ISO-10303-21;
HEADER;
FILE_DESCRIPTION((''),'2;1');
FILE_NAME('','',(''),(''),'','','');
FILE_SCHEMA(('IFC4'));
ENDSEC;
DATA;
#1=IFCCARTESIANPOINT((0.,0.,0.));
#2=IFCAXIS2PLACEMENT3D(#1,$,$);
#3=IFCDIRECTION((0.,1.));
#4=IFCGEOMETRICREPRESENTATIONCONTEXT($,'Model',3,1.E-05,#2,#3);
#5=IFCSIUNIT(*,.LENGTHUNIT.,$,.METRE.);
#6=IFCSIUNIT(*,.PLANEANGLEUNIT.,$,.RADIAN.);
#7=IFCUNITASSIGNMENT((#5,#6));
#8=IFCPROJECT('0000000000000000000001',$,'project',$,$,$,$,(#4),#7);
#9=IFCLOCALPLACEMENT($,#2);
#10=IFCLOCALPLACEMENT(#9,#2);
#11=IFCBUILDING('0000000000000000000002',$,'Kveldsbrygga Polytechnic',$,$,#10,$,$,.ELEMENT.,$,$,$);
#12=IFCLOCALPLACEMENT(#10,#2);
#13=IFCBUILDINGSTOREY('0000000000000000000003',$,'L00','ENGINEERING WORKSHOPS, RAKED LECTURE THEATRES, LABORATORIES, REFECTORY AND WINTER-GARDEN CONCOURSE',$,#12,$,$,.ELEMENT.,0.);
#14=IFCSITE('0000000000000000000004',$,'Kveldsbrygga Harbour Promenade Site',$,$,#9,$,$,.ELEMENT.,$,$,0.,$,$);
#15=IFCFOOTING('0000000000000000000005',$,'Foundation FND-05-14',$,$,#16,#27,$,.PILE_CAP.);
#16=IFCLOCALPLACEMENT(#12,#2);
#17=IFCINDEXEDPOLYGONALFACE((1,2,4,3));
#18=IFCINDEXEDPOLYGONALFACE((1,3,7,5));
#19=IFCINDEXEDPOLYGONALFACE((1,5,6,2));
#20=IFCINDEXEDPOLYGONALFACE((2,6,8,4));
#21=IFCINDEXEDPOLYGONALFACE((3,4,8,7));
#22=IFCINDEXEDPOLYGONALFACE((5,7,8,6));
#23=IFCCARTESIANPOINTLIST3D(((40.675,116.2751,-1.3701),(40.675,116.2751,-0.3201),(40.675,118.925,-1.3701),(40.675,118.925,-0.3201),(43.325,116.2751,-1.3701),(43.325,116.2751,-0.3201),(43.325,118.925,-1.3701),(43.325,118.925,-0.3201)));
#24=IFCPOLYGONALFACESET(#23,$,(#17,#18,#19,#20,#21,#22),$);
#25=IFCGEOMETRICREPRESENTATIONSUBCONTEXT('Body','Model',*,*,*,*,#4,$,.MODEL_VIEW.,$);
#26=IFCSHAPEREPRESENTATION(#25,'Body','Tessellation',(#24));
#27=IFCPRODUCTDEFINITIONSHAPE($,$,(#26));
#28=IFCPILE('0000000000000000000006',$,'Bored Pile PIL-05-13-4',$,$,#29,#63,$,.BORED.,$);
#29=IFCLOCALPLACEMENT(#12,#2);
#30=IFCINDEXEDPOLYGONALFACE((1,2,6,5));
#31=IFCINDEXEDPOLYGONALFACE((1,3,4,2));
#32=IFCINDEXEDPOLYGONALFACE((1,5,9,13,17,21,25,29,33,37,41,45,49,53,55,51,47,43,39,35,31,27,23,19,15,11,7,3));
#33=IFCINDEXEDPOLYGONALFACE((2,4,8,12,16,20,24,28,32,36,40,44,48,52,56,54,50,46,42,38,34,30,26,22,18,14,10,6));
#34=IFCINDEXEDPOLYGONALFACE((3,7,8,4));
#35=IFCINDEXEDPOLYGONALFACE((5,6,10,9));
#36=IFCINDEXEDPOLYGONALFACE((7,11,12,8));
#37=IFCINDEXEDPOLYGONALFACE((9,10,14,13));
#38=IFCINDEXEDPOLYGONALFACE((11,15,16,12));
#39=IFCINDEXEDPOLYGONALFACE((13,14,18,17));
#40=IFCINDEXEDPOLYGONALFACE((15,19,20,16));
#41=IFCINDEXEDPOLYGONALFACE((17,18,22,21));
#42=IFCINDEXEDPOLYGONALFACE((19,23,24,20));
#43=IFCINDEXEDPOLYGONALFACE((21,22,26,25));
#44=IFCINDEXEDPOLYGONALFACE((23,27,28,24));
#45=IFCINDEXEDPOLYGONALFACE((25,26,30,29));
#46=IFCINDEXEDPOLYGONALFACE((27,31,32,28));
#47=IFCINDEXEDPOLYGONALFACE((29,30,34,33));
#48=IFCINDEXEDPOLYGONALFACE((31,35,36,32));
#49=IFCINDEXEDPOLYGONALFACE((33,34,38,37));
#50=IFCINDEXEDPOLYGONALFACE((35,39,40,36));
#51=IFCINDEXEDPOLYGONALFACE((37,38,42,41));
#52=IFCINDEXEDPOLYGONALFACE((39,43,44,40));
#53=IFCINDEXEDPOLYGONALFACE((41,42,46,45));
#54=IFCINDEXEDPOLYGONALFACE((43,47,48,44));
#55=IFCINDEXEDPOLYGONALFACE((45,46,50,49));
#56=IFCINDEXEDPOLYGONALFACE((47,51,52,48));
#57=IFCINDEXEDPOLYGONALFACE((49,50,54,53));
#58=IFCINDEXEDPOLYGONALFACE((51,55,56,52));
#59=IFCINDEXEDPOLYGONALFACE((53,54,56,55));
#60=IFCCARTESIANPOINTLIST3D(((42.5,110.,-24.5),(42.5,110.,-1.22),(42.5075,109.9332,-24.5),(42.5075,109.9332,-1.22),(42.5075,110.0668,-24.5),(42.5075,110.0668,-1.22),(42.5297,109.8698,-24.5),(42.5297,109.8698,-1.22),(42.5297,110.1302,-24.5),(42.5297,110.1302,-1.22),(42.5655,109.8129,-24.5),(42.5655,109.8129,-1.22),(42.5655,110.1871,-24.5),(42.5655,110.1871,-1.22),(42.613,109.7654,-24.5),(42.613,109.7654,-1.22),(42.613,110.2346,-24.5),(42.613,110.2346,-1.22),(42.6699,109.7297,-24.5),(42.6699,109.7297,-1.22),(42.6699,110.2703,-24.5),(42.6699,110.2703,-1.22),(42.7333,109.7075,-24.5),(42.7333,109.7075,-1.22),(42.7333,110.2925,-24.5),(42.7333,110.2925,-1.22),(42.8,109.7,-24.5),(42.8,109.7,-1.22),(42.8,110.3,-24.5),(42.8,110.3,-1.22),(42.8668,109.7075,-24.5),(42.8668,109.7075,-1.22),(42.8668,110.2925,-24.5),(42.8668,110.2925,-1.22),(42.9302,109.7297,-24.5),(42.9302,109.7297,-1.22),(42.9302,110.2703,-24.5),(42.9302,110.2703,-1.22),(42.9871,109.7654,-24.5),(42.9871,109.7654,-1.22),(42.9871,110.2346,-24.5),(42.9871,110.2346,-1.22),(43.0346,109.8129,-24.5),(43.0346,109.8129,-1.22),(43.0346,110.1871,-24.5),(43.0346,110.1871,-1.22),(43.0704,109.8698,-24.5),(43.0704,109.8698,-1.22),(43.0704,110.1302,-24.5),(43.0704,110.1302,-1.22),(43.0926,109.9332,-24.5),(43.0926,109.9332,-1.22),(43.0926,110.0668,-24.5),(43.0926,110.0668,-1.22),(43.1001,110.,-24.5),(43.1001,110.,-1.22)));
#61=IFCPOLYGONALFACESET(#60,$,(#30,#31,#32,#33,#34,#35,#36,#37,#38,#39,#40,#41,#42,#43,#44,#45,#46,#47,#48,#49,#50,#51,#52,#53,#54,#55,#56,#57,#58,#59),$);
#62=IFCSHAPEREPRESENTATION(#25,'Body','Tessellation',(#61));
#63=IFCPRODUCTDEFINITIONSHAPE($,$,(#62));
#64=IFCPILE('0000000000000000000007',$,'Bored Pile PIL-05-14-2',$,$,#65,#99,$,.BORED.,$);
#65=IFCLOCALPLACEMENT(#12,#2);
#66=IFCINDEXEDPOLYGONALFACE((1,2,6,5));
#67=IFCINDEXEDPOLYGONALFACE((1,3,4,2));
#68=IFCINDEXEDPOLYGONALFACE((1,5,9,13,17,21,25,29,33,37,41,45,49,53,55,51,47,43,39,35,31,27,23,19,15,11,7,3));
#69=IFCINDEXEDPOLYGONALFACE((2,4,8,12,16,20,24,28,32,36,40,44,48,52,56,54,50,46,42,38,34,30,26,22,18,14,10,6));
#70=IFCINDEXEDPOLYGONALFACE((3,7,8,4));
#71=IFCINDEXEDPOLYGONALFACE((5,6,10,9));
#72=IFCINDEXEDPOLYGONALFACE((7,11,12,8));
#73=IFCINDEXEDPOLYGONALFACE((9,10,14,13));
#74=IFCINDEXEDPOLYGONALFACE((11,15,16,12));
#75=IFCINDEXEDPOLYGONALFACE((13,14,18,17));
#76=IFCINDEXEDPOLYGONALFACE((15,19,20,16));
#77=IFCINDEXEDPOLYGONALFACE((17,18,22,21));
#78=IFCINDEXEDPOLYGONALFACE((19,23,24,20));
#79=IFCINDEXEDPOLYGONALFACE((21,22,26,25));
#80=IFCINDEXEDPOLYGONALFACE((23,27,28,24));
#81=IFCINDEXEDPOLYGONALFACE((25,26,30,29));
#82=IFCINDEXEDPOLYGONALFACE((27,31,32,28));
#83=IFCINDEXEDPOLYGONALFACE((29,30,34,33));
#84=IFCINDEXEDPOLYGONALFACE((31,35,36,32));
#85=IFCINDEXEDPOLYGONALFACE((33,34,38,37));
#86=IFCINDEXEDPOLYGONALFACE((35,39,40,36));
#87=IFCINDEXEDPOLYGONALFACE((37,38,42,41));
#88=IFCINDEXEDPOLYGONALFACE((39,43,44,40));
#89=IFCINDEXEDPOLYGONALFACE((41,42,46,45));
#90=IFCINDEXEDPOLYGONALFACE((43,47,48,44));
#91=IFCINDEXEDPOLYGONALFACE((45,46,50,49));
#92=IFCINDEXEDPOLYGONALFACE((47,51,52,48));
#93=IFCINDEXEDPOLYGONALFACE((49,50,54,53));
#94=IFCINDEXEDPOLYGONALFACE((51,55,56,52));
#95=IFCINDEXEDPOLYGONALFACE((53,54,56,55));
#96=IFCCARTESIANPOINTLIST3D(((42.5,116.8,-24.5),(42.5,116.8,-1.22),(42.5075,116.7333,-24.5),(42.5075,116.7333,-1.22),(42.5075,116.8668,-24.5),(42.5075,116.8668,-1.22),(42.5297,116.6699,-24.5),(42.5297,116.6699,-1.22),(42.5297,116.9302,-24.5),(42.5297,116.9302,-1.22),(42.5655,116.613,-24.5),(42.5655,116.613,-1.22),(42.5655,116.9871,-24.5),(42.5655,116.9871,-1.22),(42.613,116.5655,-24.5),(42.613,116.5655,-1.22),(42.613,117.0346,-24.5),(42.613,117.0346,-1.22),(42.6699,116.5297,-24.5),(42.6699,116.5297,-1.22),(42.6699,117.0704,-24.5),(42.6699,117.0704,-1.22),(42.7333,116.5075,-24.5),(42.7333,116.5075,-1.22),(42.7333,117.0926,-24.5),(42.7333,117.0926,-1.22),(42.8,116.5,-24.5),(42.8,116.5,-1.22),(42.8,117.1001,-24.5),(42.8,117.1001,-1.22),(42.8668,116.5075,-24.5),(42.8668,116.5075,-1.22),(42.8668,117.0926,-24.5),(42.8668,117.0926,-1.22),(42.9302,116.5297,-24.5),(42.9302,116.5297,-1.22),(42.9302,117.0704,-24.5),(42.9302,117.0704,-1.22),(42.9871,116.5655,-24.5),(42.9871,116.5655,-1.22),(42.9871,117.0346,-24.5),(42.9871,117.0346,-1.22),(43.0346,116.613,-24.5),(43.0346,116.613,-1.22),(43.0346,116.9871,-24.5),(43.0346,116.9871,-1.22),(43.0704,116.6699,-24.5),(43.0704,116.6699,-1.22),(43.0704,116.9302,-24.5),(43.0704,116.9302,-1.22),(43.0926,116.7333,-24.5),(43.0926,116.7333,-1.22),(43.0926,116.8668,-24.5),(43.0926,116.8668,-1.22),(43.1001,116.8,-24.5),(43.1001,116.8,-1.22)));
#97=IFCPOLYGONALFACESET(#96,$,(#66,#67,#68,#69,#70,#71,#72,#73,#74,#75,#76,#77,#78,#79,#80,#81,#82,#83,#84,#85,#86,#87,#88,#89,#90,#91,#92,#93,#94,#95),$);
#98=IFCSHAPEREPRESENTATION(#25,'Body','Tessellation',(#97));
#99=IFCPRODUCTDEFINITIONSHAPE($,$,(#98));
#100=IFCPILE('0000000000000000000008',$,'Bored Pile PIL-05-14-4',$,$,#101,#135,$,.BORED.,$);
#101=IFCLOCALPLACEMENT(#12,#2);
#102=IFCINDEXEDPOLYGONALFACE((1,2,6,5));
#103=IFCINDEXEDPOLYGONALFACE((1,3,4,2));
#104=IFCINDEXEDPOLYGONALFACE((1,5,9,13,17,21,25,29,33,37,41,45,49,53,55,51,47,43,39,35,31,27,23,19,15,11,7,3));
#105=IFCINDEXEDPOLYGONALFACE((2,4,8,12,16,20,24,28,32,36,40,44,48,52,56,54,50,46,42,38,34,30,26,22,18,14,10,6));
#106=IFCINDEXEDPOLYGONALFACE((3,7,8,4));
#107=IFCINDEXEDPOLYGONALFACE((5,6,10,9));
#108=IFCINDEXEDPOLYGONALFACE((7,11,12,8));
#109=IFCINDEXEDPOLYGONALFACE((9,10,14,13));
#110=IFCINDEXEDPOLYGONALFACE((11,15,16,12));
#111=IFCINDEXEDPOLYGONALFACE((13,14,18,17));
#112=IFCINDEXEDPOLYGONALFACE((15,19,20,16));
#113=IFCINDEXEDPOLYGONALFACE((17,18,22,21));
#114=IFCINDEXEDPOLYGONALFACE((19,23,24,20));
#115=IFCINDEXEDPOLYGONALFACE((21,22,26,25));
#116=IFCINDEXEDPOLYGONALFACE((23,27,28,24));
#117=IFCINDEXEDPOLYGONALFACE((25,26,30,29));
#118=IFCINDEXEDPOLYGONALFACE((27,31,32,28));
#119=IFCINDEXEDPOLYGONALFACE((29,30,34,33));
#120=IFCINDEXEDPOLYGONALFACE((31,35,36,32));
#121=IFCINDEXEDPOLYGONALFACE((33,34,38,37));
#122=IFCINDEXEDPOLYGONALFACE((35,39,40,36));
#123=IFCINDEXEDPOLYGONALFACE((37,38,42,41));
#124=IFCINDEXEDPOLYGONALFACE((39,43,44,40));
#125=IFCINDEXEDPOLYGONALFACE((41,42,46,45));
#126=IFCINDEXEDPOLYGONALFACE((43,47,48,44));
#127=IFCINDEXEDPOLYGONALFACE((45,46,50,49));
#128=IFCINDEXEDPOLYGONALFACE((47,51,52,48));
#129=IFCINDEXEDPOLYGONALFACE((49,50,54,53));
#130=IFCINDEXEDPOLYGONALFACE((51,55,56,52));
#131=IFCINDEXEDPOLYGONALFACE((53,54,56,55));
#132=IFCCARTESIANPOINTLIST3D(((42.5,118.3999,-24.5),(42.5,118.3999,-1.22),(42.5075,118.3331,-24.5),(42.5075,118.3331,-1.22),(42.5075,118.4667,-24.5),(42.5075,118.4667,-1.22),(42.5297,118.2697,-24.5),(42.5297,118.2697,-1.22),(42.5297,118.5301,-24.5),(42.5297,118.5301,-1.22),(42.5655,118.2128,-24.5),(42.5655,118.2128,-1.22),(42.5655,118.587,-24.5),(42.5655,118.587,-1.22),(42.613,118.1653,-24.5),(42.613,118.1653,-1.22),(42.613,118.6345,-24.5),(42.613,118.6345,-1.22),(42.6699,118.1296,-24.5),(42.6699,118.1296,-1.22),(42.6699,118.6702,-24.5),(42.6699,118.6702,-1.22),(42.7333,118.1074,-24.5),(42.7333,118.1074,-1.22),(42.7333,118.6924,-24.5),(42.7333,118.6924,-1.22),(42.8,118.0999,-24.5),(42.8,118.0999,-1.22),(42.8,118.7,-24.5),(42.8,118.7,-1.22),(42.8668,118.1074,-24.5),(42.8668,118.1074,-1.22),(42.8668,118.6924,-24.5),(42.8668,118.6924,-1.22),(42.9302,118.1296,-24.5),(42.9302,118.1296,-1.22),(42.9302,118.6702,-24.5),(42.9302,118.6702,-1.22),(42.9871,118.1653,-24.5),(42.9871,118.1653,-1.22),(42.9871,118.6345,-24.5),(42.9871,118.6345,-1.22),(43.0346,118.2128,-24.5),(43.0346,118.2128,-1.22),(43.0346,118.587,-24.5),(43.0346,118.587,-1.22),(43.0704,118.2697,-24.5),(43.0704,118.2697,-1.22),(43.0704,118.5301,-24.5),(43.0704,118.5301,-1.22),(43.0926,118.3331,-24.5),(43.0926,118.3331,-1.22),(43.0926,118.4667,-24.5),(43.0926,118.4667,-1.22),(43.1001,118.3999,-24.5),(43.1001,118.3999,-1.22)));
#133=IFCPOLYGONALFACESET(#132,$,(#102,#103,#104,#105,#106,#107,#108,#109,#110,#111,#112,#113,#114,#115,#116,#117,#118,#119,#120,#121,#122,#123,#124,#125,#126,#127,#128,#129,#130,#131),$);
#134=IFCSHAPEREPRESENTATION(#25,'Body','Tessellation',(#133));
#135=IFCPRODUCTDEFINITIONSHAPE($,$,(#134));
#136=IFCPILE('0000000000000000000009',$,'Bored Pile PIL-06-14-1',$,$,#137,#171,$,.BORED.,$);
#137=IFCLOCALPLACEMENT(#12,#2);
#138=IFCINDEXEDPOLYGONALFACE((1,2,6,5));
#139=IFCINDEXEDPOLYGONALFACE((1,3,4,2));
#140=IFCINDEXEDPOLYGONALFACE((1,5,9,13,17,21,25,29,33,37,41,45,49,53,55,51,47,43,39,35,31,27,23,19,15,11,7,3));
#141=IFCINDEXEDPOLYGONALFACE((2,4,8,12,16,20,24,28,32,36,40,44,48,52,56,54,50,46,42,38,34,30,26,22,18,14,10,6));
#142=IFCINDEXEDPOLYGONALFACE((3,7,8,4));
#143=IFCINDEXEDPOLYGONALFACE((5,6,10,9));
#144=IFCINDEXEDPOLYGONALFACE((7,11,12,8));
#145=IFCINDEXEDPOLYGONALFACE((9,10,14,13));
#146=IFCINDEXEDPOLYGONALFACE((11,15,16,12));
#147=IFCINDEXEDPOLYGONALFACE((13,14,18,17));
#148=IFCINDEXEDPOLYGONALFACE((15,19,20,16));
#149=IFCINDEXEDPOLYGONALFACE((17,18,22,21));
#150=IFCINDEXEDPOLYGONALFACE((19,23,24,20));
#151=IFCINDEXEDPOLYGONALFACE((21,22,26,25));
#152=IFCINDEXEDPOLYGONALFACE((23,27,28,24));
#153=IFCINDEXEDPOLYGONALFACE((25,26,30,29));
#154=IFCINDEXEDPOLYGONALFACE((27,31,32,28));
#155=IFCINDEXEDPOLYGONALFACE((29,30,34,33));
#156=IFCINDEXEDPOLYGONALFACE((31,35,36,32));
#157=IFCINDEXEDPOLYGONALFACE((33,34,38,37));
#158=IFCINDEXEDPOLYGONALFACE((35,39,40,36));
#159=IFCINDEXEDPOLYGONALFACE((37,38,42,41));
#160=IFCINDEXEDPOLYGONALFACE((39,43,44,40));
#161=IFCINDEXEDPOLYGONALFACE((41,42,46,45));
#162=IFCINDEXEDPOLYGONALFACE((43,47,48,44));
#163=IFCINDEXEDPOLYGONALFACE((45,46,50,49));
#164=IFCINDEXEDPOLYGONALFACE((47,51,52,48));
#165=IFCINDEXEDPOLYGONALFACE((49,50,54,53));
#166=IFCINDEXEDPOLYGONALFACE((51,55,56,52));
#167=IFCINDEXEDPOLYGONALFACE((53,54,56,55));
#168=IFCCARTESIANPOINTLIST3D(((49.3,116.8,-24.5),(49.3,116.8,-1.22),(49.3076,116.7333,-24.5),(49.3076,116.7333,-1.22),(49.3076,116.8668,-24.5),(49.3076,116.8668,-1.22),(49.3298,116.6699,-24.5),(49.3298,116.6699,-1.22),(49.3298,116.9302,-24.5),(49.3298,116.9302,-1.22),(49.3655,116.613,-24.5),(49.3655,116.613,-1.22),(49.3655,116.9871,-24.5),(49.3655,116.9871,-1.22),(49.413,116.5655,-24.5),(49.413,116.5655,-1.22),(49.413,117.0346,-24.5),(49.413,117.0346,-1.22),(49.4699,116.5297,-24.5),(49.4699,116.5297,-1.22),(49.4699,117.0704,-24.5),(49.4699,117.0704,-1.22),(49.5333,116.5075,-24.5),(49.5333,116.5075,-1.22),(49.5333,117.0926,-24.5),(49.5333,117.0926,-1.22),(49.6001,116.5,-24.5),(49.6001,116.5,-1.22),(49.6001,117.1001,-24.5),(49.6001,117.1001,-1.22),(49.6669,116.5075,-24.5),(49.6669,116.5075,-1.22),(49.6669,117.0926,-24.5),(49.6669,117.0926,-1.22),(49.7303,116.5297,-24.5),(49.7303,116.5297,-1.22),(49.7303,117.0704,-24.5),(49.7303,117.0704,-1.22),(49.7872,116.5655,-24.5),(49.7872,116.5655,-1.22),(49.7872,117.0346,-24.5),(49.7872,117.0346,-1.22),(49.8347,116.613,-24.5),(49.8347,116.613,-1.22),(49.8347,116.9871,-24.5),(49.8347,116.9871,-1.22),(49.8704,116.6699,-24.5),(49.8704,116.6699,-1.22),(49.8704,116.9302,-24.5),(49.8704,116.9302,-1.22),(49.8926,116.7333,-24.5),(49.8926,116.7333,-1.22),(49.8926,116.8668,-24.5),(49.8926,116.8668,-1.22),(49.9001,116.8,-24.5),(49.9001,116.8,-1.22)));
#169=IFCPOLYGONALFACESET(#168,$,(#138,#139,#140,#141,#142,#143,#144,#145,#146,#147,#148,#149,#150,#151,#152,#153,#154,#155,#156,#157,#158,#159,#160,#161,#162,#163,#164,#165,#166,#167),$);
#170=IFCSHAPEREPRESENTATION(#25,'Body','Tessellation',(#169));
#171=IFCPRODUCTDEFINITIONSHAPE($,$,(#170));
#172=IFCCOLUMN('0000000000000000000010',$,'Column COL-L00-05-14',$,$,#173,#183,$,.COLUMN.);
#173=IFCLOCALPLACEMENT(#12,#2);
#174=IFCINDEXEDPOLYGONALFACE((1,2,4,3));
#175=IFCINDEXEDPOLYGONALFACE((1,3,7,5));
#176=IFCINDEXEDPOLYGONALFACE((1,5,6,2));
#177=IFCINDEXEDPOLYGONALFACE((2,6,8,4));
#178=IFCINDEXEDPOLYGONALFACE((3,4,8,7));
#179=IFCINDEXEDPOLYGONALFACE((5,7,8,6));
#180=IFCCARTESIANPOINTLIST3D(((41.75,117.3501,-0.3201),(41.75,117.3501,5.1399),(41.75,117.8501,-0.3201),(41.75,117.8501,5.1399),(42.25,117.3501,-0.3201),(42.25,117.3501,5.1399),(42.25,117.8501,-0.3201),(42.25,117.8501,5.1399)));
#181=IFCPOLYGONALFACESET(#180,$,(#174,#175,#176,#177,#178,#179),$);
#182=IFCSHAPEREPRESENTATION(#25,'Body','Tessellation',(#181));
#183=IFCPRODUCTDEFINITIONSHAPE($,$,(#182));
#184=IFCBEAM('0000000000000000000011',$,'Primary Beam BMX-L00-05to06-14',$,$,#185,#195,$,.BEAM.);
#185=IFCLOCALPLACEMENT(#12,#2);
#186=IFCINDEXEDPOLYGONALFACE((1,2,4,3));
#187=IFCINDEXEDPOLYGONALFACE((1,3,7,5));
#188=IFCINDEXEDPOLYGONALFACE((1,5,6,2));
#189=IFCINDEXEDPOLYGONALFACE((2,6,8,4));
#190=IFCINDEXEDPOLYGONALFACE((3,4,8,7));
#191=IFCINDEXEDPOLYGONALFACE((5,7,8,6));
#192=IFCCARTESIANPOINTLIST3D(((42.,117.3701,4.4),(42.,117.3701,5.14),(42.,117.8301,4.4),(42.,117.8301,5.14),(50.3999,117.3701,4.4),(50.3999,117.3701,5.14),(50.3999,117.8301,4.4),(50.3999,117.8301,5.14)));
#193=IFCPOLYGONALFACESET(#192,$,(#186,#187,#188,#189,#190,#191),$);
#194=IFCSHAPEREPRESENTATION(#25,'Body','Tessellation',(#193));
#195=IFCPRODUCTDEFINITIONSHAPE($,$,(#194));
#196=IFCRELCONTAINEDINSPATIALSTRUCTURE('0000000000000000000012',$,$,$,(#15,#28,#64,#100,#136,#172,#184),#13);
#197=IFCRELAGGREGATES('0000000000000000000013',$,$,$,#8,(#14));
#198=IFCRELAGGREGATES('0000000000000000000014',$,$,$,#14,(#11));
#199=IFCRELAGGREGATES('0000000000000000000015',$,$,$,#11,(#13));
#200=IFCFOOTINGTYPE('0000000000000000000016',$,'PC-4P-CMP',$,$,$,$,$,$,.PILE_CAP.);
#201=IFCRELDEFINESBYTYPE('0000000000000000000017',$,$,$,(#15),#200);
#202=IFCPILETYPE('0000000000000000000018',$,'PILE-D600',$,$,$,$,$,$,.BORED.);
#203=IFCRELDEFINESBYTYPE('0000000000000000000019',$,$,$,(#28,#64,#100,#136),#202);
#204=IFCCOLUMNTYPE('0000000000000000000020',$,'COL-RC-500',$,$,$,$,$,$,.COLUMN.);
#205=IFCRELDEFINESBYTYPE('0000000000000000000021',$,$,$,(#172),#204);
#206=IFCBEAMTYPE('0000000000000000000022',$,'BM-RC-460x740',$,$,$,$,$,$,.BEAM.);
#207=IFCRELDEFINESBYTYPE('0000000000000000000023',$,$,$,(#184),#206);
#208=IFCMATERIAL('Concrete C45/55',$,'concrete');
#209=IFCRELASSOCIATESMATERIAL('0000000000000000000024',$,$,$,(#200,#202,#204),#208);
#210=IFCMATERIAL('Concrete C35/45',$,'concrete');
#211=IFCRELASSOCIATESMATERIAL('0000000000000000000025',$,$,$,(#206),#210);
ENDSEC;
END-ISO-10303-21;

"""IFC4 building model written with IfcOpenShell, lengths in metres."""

from ifc_helpers import new_model, si_unit, direction, frame, origin, origin_2d, place, context, subcontext, project, spatial, rectangle, circle, extrude, material, material_profile, profile_set, type_object, element, save


model = new_model("IFC4")

# Units and contexts
model_context = context("Model", 3, precision=1e-05, world=origin(), true_north=direction((0.0, 1.0)))
body_context = subcontext(model_context, "Body", "Model", "MODEL_VIEW")
ifc_project = project(units=[si_unit("LENGTHUNIT", "METRE"), si_unit("PLANEANGLEUNIT", "RADIAN")], contexts=[model_context])

# Site, building, storey
site_placement = place(None, origin())
site = spatial("IfcSite", under=ifc_project, at=site_placement, Name="Kveldsbrygga Harbour Promenade Site", CompositionType="ELEMENT", RefElevation=0.0)
building_placement = place(site_placement, origin())
building = spatial("IfcBuilding", under=site, at=building_placement, Name="Kveldsbrygga Polytechnic", CompositionType="ELEMENT")
storey_placement = place(building_placement, origin())
storey = spatial("IfcBuildingStorey", under=building, at=storey_placement, Name="L00", Description="ENGINEERING WORKSHOPS, RAKED LECTURE THEATRES, LABORATORIES, REFECTORY AND WINTER-GARDEN CONCOURSE", CompositionType="ELEMENT", Elevation=0.0)

# Footing
ifc_material_1 = material(Name="Concrete C45/55", Category="concrete")
footing_type = type_object("IfcFootingType", Name="PC-4P-CMP", PredefinedType="PILE_CAP", material=ifc_material_1)
footing_placement = place(storey_placement, frame((42.0, 117.6001, -1.3701), z_axis=(0.0, 0.0, 1.0), x_axis=(1.0, 0.0, 0.0)))
element("IfcFooting", 1, at=footing_placement, inside=storey, type_object=footing_type, Name="Foundation FND-05-14", PredefinedType="PILE_CAP", context=body_context, shape_type="SweptSolid", body=[
    extrude(rectangle(XDim=2.6499, YDim=2.6499, at=origin_2d()), origin(), (0.0, 0.0, 1.0), 1.05),
])

# Piles
ifc_material_profile_1 = material_profile(ifc_material_1, circle(Radius=0.3, at=origin_2d()), Name="PILE D600")
ifc_profile_set_1 = profile_set([ifc_material_profile_1], Name="Concrete C45/55")
pile_type = type_object("IfcPileType", Name="PILE-D600", PredefinedType="BORED", material=ifc_profile_set_1)
for number, where, z_axis, x_axis, name in (
    (2, (42.8, 110.0, -1.22), (0.0, 0.0, -1.0), (1.0, 0.0, 0.0), "Bored Pile PIL-05-13-4"),
    (3, (42.8, 116.8, -1.22), (0.0, 0.0, -1.0), (1.0, 0.0, 0.0), "Bored Pile PIL-05-14-2"),
    (4, (42.8, 118.3999, -1.22), (0.0, 0.0, -1.0), (1.0, 0.0, 0.0), "Bored Pile PIL-05-14-4"),
    (5, (49.6001, 116.8, -1.22), (0.0, 0.0, -1.0), (1.0, 0.0, 0.0), "Bored Pile PIL-06-14-1"),
):
    element("IfcPile", number, at=place(storey_placement, frame(where, z_axis=z_axis, x_axis=x_axis)), inside=storey, type_object=pile_type, Name=name, PredefinedType="BORED", context=body_context, shape_type="SweptSolid", body=[
        extrude(circle(Radius=0.3, at=origin_2d()), origin(), (0.0, 0.0, 1.0), 23.28),
    ])

# Column
ifc_material_profile_2 = material_profile(ifc_material_1, rectangle(XDim=0.5, YDim=0.5, at=origin_2d()), Name="RC 500x500")
ifc_profile_set_2 = profile_set([ifc_material_profile_2], Name="Concrete C45/55")
column_type = type_object("IfcColumnType", Name="COL-RC-500", PredefinedType="COLUMN", material=ifc_profile_set_2)
column_placement = place(storey_placement, frame((42.0, 117.6001, -0.3201), z_axis=(0.0, 0.0, 1.0), x_axis=(1.0, 0.0, 0.0)))
element("IfcColumn", 6, at=column_placement, inside=storey, type_object=column_type, Name="Column COL-L00-05-14", PredefinedType="COLUMN", context=body_context, shape_type="SweptSolid", body=[
    extrude(rectangle(XDim=0.5, YDim=0.5, at=origin_2d()), origin(), (0.0, 0.0, 1.0), 5.46),
])

# Beam
ifc_material_2 = material(Name="Concrete C35/45", Category="concrete")
ifc_material_profile_3 = material_profile(ifc_material_2, rectangle(XDim=0.46, YDim=0.74, at=origin_2d()), Name="RC 460x740")
ifc_profile_set_3 = profile_set([ifc_material_profile_3], Name="Concrete C35/45")
beam_type_1 = type_object("IfcBeamType", Name="BM-RC-460x740", PredefinedType="BEAM", material=ifc_profile_set_3)
beam_1_placement = place(storey_placement, frame((42.0, 117.6001, 4.77), z_axis=(1.0, 0.0, 0.0), x_axis=(0.0, 1.0, 0.0)))
element("IfcBeam", 7, at=beam_1_placement, inside=storey, type_object=beam_type_1, Name="Primary Beam BMX-L00-05to06-14", PredefinedType="BEAM", context=body_context, shape_type="SweptSolid", body=[
    extrude(rectangle(XDim=0.46, YDim=0.74, at=origin_2d()), origin(), (0.0, 0.0, 1.0), 8.3999),
])

save(model, "model.ifc")
